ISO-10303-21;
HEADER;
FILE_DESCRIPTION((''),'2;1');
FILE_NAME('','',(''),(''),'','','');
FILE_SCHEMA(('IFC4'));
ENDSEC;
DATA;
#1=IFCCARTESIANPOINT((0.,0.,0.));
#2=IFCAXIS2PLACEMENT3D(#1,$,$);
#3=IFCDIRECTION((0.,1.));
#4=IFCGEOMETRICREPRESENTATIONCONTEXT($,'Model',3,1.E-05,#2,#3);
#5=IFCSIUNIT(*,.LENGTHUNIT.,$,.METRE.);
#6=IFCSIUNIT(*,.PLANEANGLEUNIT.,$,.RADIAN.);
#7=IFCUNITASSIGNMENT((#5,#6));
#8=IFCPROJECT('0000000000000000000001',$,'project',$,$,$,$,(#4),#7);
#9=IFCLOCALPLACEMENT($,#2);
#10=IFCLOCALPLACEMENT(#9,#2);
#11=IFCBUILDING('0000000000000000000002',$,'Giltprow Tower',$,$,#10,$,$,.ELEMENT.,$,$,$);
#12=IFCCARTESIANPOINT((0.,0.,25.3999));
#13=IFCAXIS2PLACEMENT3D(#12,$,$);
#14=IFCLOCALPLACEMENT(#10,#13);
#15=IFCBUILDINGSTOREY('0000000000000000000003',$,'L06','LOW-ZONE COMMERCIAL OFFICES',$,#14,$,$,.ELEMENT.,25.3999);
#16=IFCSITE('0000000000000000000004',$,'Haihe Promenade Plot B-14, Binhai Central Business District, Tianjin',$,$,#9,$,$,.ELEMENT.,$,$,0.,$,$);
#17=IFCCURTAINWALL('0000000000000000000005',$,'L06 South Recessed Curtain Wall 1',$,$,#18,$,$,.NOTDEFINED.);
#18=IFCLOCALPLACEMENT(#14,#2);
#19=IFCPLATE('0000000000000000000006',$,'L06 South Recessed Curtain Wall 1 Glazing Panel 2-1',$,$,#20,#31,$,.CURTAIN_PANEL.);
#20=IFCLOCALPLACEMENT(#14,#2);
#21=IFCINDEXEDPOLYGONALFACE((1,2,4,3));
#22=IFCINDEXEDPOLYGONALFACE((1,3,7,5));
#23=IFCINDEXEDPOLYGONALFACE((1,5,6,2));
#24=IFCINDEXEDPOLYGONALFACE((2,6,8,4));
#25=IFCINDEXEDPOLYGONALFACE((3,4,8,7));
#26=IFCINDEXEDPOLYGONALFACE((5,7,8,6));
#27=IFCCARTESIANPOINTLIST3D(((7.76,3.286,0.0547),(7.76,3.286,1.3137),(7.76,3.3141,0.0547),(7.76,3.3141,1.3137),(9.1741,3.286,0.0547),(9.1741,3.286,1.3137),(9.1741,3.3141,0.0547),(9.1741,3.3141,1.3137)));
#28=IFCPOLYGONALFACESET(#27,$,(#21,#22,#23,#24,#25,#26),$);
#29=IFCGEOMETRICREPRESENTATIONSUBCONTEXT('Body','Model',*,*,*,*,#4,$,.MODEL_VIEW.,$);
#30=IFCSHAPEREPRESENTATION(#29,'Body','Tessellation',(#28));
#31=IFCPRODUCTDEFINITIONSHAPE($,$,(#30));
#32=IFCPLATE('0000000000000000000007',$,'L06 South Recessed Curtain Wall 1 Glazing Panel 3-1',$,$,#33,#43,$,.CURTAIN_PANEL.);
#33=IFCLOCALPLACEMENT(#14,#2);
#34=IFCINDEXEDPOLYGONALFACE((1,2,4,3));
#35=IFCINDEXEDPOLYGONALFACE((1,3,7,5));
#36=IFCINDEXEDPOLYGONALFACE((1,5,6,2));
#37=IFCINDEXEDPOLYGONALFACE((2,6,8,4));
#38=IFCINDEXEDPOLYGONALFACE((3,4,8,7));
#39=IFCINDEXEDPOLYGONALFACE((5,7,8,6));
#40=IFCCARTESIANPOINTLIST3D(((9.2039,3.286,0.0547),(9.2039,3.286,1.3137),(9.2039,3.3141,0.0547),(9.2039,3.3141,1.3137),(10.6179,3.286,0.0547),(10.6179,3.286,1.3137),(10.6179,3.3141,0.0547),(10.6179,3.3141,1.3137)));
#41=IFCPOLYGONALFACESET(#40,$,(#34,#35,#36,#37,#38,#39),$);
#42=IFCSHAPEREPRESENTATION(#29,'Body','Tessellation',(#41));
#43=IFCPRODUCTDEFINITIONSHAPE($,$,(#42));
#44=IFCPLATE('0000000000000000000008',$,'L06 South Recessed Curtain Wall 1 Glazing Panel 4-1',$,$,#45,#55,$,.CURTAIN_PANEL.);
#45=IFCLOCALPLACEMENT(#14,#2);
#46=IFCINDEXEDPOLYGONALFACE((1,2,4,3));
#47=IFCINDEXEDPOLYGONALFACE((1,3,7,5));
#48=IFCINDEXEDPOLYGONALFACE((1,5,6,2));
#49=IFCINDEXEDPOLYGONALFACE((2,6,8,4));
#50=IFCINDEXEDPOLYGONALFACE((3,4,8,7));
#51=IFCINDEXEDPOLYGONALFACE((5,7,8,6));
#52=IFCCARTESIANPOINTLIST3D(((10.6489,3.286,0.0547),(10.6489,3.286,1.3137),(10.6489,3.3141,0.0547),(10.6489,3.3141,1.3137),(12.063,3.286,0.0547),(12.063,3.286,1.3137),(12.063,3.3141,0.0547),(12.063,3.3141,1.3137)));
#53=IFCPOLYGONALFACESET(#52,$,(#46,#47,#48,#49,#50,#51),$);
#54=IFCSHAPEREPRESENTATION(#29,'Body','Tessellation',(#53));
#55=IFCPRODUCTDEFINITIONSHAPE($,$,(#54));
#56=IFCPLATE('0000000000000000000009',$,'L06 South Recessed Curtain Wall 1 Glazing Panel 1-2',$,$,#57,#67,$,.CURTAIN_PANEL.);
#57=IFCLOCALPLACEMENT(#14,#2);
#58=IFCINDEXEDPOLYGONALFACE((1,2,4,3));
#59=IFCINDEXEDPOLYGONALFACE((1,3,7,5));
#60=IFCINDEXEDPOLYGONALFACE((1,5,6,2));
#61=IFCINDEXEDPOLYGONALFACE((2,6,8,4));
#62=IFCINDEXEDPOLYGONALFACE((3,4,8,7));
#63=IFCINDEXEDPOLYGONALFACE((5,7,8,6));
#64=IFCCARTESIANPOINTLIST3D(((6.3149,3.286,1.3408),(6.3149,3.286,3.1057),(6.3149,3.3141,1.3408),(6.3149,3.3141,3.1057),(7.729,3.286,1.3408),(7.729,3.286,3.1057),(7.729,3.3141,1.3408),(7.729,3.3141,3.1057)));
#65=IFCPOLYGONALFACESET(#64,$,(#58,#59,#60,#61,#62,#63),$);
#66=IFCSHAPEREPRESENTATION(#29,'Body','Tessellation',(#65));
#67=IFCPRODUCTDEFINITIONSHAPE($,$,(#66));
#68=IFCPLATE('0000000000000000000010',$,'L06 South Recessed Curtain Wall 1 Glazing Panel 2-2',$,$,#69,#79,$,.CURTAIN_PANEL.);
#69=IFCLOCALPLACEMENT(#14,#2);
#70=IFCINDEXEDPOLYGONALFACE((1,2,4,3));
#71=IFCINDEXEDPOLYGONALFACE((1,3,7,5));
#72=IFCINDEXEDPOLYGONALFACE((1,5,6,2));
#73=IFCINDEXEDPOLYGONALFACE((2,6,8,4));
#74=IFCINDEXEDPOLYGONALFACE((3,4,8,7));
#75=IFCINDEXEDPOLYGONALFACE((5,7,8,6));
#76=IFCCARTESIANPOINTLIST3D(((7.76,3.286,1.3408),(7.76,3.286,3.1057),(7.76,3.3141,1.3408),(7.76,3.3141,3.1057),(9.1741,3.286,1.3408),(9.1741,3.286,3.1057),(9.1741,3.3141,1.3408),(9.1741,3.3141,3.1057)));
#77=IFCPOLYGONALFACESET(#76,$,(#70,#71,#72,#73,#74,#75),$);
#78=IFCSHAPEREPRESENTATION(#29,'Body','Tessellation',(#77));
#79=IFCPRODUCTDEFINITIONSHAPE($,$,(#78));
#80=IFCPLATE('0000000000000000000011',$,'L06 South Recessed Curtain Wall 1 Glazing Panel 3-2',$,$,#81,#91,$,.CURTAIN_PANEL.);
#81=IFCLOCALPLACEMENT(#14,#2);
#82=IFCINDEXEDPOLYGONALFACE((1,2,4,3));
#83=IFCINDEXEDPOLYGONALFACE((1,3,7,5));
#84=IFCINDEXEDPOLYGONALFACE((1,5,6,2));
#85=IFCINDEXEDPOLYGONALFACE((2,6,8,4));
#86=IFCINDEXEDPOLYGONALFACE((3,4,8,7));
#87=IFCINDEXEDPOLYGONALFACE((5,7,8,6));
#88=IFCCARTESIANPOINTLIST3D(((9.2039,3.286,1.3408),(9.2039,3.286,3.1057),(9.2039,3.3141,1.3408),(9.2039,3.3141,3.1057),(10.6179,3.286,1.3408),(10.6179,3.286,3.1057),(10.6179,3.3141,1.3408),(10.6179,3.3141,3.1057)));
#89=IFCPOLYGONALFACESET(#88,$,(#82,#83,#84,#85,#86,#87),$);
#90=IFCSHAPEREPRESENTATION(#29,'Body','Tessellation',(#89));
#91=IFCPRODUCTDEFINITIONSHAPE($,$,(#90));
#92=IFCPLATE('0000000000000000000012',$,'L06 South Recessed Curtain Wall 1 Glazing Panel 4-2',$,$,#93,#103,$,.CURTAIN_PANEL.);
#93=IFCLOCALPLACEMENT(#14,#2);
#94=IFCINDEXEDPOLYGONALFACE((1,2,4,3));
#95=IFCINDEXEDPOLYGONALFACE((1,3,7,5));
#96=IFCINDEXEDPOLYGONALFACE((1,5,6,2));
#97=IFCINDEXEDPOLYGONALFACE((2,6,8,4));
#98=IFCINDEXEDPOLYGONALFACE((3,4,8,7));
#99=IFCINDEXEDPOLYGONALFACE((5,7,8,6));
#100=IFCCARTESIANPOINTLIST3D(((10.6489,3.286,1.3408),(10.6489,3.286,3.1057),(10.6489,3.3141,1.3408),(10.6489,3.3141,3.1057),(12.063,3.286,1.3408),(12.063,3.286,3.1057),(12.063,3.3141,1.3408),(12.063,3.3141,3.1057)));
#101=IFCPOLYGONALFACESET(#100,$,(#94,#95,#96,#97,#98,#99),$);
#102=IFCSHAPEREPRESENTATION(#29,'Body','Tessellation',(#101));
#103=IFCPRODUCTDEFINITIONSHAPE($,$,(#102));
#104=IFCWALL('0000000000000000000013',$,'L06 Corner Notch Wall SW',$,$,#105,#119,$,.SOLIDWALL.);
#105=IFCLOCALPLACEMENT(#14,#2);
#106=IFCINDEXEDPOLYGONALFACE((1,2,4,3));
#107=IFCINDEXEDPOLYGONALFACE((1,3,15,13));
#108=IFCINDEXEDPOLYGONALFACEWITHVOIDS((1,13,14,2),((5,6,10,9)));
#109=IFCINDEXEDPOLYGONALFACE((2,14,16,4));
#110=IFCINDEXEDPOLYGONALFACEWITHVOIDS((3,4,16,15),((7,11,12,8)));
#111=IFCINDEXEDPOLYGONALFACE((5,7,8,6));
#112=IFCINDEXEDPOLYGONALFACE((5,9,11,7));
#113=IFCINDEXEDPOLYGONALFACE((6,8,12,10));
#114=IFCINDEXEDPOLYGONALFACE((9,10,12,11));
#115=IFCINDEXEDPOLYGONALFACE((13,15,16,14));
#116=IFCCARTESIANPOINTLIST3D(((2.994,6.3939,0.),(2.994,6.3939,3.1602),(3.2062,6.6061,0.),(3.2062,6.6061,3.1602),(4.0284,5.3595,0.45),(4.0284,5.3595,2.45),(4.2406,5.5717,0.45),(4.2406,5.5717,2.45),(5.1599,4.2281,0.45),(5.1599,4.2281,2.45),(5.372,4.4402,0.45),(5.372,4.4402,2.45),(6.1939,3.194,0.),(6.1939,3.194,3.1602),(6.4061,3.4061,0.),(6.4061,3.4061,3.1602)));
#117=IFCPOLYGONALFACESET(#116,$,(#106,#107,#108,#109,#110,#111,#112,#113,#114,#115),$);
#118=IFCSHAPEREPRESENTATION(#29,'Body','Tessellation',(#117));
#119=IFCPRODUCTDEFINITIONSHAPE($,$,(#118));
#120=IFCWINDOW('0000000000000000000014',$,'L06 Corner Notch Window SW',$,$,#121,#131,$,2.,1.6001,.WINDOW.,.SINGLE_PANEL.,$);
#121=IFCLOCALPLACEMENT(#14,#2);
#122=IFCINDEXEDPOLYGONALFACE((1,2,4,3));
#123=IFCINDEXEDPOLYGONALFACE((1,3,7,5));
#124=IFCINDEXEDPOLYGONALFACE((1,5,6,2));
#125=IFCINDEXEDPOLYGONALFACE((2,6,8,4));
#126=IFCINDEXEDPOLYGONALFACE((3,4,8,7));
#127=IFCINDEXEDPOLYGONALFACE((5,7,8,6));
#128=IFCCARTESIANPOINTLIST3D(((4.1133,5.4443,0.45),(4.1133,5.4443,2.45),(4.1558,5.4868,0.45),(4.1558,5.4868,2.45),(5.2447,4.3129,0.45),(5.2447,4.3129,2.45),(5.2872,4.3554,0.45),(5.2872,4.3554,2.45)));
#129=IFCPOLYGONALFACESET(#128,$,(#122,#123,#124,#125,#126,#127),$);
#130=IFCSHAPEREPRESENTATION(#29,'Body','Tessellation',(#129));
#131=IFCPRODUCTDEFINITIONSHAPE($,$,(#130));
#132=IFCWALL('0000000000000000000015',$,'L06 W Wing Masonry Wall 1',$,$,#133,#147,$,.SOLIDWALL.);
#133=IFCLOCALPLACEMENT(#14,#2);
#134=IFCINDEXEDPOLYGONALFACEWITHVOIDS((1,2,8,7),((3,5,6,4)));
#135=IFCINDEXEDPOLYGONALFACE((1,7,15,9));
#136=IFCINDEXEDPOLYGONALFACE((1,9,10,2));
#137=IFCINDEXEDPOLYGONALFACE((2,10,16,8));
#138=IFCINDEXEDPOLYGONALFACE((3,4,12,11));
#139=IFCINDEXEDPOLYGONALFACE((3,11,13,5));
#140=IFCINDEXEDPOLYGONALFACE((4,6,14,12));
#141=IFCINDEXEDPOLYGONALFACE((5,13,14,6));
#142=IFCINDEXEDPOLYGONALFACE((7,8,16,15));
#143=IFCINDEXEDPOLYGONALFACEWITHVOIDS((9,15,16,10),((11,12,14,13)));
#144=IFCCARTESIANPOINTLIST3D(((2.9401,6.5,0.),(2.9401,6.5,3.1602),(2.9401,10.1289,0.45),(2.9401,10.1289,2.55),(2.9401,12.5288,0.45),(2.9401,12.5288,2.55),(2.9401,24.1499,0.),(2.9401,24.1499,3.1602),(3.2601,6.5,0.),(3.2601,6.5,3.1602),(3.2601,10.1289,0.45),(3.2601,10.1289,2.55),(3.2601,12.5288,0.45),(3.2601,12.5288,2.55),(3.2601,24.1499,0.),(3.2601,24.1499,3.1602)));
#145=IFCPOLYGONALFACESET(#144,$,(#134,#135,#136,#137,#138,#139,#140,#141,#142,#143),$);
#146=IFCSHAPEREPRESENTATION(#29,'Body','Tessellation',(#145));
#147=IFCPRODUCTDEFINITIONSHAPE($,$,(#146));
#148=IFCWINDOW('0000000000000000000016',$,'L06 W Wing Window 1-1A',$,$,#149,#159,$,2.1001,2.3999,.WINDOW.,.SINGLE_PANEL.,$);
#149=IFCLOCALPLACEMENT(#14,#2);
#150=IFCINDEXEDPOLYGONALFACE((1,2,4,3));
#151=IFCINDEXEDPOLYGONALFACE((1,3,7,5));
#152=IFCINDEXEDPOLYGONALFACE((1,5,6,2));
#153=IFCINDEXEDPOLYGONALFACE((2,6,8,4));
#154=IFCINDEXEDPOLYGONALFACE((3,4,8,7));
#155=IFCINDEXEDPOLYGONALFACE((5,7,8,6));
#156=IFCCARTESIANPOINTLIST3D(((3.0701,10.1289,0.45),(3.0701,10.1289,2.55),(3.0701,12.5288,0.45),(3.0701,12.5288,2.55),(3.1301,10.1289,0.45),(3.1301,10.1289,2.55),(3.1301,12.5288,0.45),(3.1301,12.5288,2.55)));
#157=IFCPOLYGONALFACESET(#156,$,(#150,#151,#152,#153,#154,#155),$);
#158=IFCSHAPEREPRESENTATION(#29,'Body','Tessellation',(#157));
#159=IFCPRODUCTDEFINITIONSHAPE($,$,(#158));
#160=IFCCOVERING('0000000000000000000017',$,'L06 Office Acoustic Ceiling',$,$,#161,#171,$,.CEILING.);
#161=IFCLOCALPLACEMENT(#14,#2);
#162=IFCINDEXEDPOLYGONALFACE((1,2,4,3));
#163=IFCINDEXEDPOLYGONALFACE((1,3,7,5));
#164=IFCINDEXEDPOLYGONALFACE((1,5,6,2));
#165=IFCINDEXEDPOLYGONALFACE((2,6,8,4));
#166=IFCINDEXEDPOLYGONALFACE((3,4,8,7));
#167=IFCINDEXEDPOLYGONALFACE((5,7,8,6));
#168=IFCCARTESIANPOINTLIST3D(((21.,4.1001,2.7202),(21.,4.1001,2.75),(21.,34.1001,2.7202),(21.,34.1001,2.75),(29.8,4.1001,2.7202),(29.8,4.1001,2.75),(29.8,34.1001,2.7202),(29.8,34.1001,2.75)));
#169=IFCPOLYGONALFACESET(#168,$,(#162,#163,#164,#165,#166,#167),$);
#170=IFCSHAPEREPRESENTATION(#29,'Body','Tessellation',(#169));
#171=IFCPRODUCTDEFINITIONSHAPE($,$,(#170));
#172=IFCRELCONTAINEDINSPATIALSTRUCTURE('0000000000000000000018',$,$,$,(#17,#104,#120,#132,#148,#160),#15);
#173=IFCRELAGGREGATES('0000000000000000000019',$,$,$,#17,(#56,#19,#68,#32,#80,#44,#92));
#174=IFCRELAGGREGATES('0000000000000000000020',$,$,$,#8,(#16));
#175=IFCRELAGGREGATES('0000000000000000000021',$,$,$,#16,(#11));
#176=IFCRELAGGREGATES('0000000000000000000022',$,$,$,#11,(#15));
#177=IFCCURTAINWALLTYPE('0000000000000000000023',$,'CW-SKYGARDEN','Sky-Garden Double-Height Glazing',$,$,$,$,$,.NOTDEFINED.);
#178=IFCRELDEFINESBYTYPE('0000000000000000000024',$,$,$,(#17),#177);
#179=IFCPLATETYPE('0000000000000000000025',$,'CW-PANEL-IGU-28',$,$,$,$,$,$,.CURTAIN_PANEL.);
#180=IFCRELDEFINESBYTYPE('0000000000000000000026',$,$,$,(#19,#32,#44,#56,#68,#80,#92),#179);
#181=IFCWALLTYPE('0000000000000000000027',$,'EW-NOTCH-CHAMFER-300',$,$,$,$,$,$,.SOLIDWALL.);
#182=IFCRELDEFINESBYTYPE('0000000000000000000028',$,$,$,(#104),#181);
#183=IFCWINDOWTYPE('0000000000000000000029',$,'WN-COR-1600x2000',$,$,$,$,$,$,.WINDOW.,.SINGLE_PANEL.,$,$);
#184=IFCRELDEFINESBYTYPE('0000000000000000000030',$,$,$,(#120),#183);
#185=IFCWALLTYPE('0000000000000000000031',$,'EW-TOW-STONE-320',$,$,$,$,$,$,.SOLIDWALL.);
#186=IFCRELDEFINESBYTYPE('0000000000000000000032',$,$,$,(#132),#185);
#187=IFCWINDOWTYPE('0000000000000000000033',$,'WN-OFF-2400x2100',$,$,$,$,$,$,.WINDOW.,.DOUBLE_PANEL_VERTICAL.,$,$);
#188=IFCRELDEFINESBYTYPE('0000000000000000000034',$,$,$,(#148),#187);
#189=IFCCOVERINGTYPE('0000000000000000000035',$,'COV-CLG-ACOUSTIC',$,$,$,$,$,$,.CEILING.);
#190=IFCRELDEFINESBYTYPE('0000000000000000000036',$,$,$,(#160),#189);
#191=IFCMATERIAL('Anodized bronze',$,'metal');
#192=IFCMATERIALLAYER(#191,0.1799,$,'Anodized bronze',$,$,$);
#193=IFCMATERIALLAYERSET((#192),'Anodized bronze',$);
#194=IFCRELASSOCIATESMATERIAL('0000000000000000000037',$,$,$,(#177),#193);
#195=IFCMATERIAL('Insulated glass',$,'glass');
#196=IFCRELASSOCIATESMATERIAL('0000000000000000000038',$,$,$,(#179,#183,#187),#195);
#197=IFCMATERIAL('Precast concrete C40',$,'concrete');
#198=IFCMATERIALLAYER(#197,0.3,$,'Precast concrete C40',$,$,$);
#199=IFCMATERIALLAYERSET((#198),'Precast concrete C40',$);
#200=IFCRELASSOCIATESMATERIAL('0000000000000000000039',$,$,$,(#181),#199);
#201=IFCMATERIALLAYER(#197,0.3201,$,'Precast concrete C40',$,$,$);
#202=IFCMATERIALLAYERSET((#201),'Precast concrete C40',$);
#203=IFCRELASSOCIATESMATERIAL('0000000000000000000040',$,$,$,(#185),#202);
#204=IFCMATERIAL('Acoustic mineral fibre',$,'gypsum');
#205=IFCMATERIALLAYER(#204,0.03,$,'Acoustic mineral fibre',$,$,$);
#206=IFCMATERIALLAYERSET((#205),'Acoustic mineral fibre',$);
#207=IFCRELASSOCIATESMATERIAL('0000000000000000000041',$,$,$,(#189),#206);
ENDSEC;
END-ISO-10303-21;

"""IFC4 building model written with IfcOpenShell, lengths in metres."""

from ifc_helpers import new_model, si_unit, direction, frame, frame_2d, origin, origin_2d, place, context, subcontext, project, spatial, polyline, rectangle, outline, extrude, source, transform, mapped, material, layer, layer_set, type_object, element, fill, aggregate, save


model = new_model("IFC4")

# Units and contexts
model_context = context("Model", 3, precision=1e-05, world=origin(), true_north=direction((0.0, 1.0)))
body_context = subcontext(model_context, "Body", "Model", "MODEL_VIEW")
ifc_project = project(units=[si_unit("LENGTHUNIT", "METRE"), si_unit("PLANEANGLEUNIT", "RADIAN")], contexts=[model_context])

# Site, building, storey
site_placement = place(None, origin())
site = spatial("IfcSite", under=ifc_project, at=site_placement, Name="Haihe Promenade Plot B-14, Binhai Central Business District, Tianjin", CompositionType="ELEMENT", RefElevation=0.0)
building_placement = place(site_placement, origin())
building = spatial("IfcBuilding", under=site, at=building_placement, Name="Giltprow Tower", CompositionType="ELEMENT")
storey_placement = place(building_placement, frame((0.0, 0.0, 25.3999)))
storey = spatial("IfcBuildingStorey", under=building, at=storey_placement, Name="L06", Description="LOW-ZONE COMMERCIAL OFFICES", CompositionType="ELEMENT", Elevation=25.3999)

# Curtain wall
ifc_material_1 = material(Name="Anodized bronze", Category="metal")
ifc_layer_1 = layer(ifc_material_1, 0.1799, Name="Anodized bronze")
ifc_layer_set_1 = layer_set([ifc_layer_1], Name="Anodized bronze")
curtain_wall_type = type_object("IfcCurtainWallType", Name="CW-SKYGARDEN", Description="Sky-Garden Double-Height Glazing", PredefinedType="NOTDEFINED", material=ifc_layer_set_1)
curtain_wall_placement = place(storey_placement, origin())
curtain_wall = element("IfcCurtainWall", 1, at=curtain_wall_placement, inside=storey, type_object=curtain_wall_type, Name="L06 South Recessed Curtain Wall 1", PredefinedType="NOTDEFINED")

# Plates
ifc_material_2 = material(Name="Insulated glass", Category="glass")
plate_type = type_object("IfcPlateType", Name="CW-PANEL-IGU-28", PredefinedType="CURTAIN_PANEL", material=ifc_material_2)
shared_shape_1 = source(origin(), body_context, "Body", "SweptSolid", [
    extrude(rectangle(XDim=1.4141, YDim=0.0281, at=origin_2d()), origin(), (0.0, 0.0, 1.0), 1.259),
])
plate_1_placement = place(storey_placement, frame((8.467, 3.3, 0.0547), z_axis=(0.0, 0.0, 1.0), x_axis=(1.0, 0.0, 0.0)))
plate_1 = element("IfcPlate", 2, at=plate_1_placement, type_object=plate_type, Name="L06 South Recessed Curtain Wall 1 Glazing Panel 2-1", PredefinedType="CURTAIN_PANEL", context=body_context, shape_type="MappedRepresentation", body=[
    mapped(shared_shape_1, transform((0.0, 0.0, 0.0), x_axis=(1.0, 0.0, 0.0), y_axis=(0.0, 1.0, 0.0), z_axis=(0.0, 0.0, 1.0), scale=1.0)),
])
plate_2_placement = place(storey_placement, frame((9.9109, 3.3, 0.0547), z_axis=(0.0, 0.0, 1.0), x_axis=(1.0, 0.0, 0.0)))
plate_2 = element("IfcPlate", 3, at=plate_2_placement, type_object=plate_type, Name="L06 South Recessed Curtain Wall 1 Glazing Panel 3-1", PredefinedType="CURTAIN_PANEL", context=body_context, shape_type="MappedRepresentation", body=[
    mapped(shared_shape_1, transform((0.0, 0.0, 0.0), x_axis=(1.0, 0.0, 0.0), y_axis=(0.0, 1.0, 0.0), z_axis=(0.0, 0.0, 1.0), scale=1.0)),
])
plate_3_placement = place(storey_placement, frame((11.356, 3.3, 0.0547), z_axis=(0.0, 0.0, 1.0), x_axis=(1.0, 0.0, 0.0)))
plate_3 = element("IfcPlate", 4, at=plate_3_placement, type_object=plate_type, Name="L06 South Recessed Curtain Wall 1 Glazing Panel 4-1", PredefinedType="CURTAIN_PANEL", context=body_context, shape_type="MappedRepresentation", body=[
    mapped(shared_shape_1, transform((0.0, 0.0, 0.0), x_axis=(1.0, 0.0, 0.0), y_axis=(0.0, 1.0, 0.0), z_axis=(0.0, 0.0, 1.0), scale=1.0)),
])
shared_shape_2 = source(origin(), body_context, "Body", "SweptSolid", [
    extrude(rectangle(XDim=1.4141, YDim=0.0281, at=origin_2d()), origin(), (0.0, 0.0, 1.0), 1.7649),
])
plate_4_placement = place(storey_placement, frame((7.022, 3.3, 1.3408), z_axis=(0.0, 0.0, 1.0), x_axis=(1.0, 0.0, 0.0)))
plate_4 = element("IfcPlate", 5, at=plate_4_placement, type_object=plate_type, Name="L06 South Recessed Curtain Wall 1 Glazing Panel 1-2", PredefinedType="CURTAIN_PANEL", context=body_context, shape_type="MappedRepresentation", body=[
    mapped(shared_shape_2, transform((0.0, 0.0, 0.0), x_axis=(1.0, 0.0, 0.0), y_axis=(0.0, 1.0, 0.0), z_axis=(0.0, 0.0, 1.0), scale=1.0)),
])
plate_5_placement = place(storey_placement, frame((8.467, 3.3, 1.3408), z_axis=(0.0, 0.0, 1.0), x_axis=(1.0, 0.0, 0.0)))
plate_5 = element("IfcPlate", 6, at=plate_5_placement, type_object=plate_type, Name="L06 South Recessed Curtain Wall 1 Glazing Panel 2-2", PredefinedType="CURTAIN_PANEL", context=body_context, shape_type="MappedRepresentation", body=[
    mapped(shared_shape_2, transform((0.0, 0.0, 0.0), x_axis=(1.0, 0.0, 0.0), y_axis=(0.0, 1.0, 0.0), z_axis=(0.0, 0.0, 1.0), scale=1.0)),
])
plate_6_placement = place(storey_placement, frame((9.9109, 3.3, 1.3408), z_axis=(0.0, 0.0, 1.0), x_axis=(1.0, 0.0, 0.0)))
plate_6 = element("IfcPlate", 7, at=plate_6_placement, type_object=plate_type, Name="L06 South Recessed Curtain Wall 1 Glazing Panel 3-2", PredefinedType="CURTAIN_PANEL", context=body_context, shape_type="MappedRepresentation", body=[
    mapped(shared_shape_2, transform((0.0, 0.0, 0.0), x_axis=(1.0, 0.0, 0.0), y_axis=(0.0, 1.0, 0.0), z_axis=(0.0, 0.0, 1.0), scale=1.0)),
])
plate_7_placement = place(storey_placement, frame((11.356, 3.3, 1.3408), z_axis=(0.0, 0.0, 1.0), x_axis=(1.0, 0.0, 0.0)))
plate_7 = element("IfcPlate", 8, at=plate_7_placement, type_object=plate_type, Name="L06 South Recessed Curtain Wall 1 Glazing Panel 4-2", PredefinedType="CURTAIN_PANEL", context=body_context, shape_type="MappedRepresentation", body=[
    mapped(shared_shape_2, transform((0.0, 0.0, 0.0), x_axis=(1.0, 0.0, 0.0), y_axis=(0.0, 1.0, 0.0), z_axis=(0.0, 0.0, 1.0), scale=1.0)),
])
aggregate(curtain_wall, [plate_4, plate_1, plate_5, plate_2, plate_6, plate_3, plate_7])

# Walls, openings, windows
ifc_material_3 = material(Name="Precast concrete C40", Category="concrete")
ifc_layer_2 = layer(ifc_material_3, 0.3, Name="Precast concrete C40")
ifc_layer_set_2 = layer_set([ifc_layer_2], Name="Precast concrete C40")
wall_type_1 = type_object("IfcWallType", Name="EW-NOTCH-CHAMFER-300", PredefinedType="SOLIDWALL", material=ifc_layer_set_2)
wall_1_placement = place(storey_placement, frame((3.1001, 6.5, 0.0), z_axis=(0.0, 0.0, 1.0), x_axis=(0.707107, -0.707107, 0.0)))
wall_1 = element("IfcWall", 9, at=wall_1_placement, inside=storey, type_object=wall_type_1, Name="L06 Corner Notch Wall SW", PredefinedType="SOLIDWALL", context=body_context, shape_type="SweptSolid", body=[
    extrude(rectangle(XDim=4.5254, YDim=0.3, at=frame_2d((2.2627, 0.0))), origin(), (0.0, 0.0, 1.0), 3.1602),
])
opening_1_placement = place(wall_1_placement, frame((1.4629, 0.0, 0.45)))
opening_1 = element("IfcOpeningElement", 10, at=opening_1_placement, cuts=wall_1, PredefinedType="OPENING", context=body_context, shape_type="SweptSolid", body=[
    extrude(rectangle(XDim=1.6001, YDim=2.0, at=frame_2d((0.8, 1.0))), frame((0.0, 0.1599, 0.0), z_axis=(0.0, -1.0, 0.0), x_axis=(1.0, 0.0, 0.0)), (0.0, 0.0, 1.0), 0.3201),
])
window_type_1 = type_object("IfcWindowType", Name="WN-COR-1600x2000", PartitioningType="SINGLE_PANEL", PredefinedType="WINDOW", material=ifc_material_2)
shared_shape_3 = source(origin(), body_context, "Body", "SweptSolid", [
    extrude(rectangle(XDim=1.6001, YDim=2.0, at=frame_2d((0.8, 1.0))), frame((0.0, 0.03, 0.0), z_axis=(0.0, -1.0, 0.0), x_axis=(1.0, 0.0, 0.0)), (0.0, 0.0, 1.0), 0.0601),
])
window_1_placement = place(opening_1_placement, origin())
window_1 = element("IfcWindow", 11, at=window_1_placement, inside=storey, type_object=window_type_1, Name="L06 Corner Notch Window SW", OverallHeight=2.0, OverallWidth=1.6001, PartitioningType="SINGLE_PANEL", PredefinedType="WINDOW", context=body_context, shape_type="MappedRepresentation", body=[
    mapped(shared_shape_3, transform((0.0, 0.0, 0.0), x_axis=(1.0, 0.0, 0.0), y_axis=(0.0, 1.0, 0.0), z_axis=(0.0, 0.0, 1.0), scale=1.0)),
])
fill(opening_1, window_1)
ifc_layer_3 = layer(ifc_material_3, 0.3201, Name="Precast concrete C40")
ifc_layer_set_3 = layer_set([ifc_layer_3], Name="Precast concrete C40")
wall_type_2 = type_object("IfcWallType", Name="EW-TOW-STONE-320", PredefinedType="SOLIDWALL", material=ifc_layer_set_3)
wall_2_placement = place(storey_placement, frame((3.1001, 6.5, 0.0), z_axis=(0.0, 0.0, 1.0), x_axis=(0.0, 1.0, 0.0)))
wall_2 = element("IfcWall", 12, at=wall_2_placement, inside=storey, type_object=wall_type_2, Name="L06 W Wing Masonry Wall 1", PredefinedType="SOLIDWALL", context=body_context, shape_type="SweptSolid", body=[
    extrude(rectangle(XDim=17.6499, YDim=0.3201, at=frame_2d((8.825, 0.0))), origin(), (0.0, 0.0, 1.0), 3.1602),
])
opening_2_placement = place(wall_2_placement, frame((3.6289, 0.0, 0.45)))
opening_2 = element("IfcOpeningElement", 13, at=opening_2_placement, cuts=wall_2, PredefinedType="OPENING", context=body_context, shape_type="SweptSolid", body=[
    extrude(rectangle(XDim=2.3999, YDim=2.1001, at=frame_2d((1.2, 1.05))), frame((0.0, 0.1699, 0.0), z_axis=(0.0, -1.0, 0.0), x_axis=(1.0, 0.0, 0.0)), (0.0, 0.0, 1.0), 0.3401),
])
window_type_2 = type_object("IfcWindowType", Name="WN-OFF-2400x2100", PartitioningType="DOUBLE_PANEL_VERTICAL", PredefinedType="WINDOW", material=ifc_material_2)
shared_shape_4 = source(origin(), body_context, "Body", "SweptSolid", [
    extrude(rectangle(XDim=2.3999, YDim=2.1001, at=frame_2d((1.2, 1.05))), frame((0.0, 0.03, 0.0), z_axis=(0.0, -1.0, 0.0), x_axis=(1.0, 0.0, 0.0)), (0.0, 0.0, 1.0), 0.0601),
])
window_2_placement = place(opening_2_placement, origin())
window_2 = element("IfcWindow", 14, at=window_2_placement, inside=storey, type_object=window_type_2, Name="L06 W Wing Window 1-1A", OverallHeight=2.1001, OverallWidth=2.3999, PartitioningType="SINGLE_PANEL", PredefinedType="WINDOW", context=body_context, shape_type="MappedRepresentation", body=[
    mapped(shared_shape_4, transform((0.0, 0.0, 0.0), x_axis=(1.0, 0.0, 0.0), y_axis=(0.0, 1.0, 0.0), z_axis=(0.0, 0.0, 1.0), scale=1.0)),
])
fill(opening_2, window_2)

# Covering
ifc_material_4 = material(Name="Acoustic mineral fibre", Category="gypsum")
ifc_layer_4 = layer(ifc_material_4, 0.03, Name="Acoustic mineral fibre")
ifc_layer_set_4 = layer_set([ifc_layer_4], Name="Acoustic mineral fibre")
covering_type_1 = type_object("IfcCoveringType", Name="COV-CLG-ACOUSTIC", PredefinedType="CEILING", material=ifc_layer_set_4)
covering_1_placement = place(storey_placement, frame((0.0, 0.0, 2.7202)))
element("IfcCovering", 15, at=covering_1_placement, inside=storey, type_object=covering_type_1, Name="L06 Office Acoustic Ceiling", PredefinedType="CEILING", context=body_context, shape_type="SweptSolid", body=[
    extrude(outline(polyline([(21.0, 4.1001), (29.8, 4.1001), (29.8, 34.1001), (21.0, 34.1001), (21.0, 4.1001)])), origin(), (0.0, 0.0, 1.0), 0.0298),
])

save(model, "model.ifc")
